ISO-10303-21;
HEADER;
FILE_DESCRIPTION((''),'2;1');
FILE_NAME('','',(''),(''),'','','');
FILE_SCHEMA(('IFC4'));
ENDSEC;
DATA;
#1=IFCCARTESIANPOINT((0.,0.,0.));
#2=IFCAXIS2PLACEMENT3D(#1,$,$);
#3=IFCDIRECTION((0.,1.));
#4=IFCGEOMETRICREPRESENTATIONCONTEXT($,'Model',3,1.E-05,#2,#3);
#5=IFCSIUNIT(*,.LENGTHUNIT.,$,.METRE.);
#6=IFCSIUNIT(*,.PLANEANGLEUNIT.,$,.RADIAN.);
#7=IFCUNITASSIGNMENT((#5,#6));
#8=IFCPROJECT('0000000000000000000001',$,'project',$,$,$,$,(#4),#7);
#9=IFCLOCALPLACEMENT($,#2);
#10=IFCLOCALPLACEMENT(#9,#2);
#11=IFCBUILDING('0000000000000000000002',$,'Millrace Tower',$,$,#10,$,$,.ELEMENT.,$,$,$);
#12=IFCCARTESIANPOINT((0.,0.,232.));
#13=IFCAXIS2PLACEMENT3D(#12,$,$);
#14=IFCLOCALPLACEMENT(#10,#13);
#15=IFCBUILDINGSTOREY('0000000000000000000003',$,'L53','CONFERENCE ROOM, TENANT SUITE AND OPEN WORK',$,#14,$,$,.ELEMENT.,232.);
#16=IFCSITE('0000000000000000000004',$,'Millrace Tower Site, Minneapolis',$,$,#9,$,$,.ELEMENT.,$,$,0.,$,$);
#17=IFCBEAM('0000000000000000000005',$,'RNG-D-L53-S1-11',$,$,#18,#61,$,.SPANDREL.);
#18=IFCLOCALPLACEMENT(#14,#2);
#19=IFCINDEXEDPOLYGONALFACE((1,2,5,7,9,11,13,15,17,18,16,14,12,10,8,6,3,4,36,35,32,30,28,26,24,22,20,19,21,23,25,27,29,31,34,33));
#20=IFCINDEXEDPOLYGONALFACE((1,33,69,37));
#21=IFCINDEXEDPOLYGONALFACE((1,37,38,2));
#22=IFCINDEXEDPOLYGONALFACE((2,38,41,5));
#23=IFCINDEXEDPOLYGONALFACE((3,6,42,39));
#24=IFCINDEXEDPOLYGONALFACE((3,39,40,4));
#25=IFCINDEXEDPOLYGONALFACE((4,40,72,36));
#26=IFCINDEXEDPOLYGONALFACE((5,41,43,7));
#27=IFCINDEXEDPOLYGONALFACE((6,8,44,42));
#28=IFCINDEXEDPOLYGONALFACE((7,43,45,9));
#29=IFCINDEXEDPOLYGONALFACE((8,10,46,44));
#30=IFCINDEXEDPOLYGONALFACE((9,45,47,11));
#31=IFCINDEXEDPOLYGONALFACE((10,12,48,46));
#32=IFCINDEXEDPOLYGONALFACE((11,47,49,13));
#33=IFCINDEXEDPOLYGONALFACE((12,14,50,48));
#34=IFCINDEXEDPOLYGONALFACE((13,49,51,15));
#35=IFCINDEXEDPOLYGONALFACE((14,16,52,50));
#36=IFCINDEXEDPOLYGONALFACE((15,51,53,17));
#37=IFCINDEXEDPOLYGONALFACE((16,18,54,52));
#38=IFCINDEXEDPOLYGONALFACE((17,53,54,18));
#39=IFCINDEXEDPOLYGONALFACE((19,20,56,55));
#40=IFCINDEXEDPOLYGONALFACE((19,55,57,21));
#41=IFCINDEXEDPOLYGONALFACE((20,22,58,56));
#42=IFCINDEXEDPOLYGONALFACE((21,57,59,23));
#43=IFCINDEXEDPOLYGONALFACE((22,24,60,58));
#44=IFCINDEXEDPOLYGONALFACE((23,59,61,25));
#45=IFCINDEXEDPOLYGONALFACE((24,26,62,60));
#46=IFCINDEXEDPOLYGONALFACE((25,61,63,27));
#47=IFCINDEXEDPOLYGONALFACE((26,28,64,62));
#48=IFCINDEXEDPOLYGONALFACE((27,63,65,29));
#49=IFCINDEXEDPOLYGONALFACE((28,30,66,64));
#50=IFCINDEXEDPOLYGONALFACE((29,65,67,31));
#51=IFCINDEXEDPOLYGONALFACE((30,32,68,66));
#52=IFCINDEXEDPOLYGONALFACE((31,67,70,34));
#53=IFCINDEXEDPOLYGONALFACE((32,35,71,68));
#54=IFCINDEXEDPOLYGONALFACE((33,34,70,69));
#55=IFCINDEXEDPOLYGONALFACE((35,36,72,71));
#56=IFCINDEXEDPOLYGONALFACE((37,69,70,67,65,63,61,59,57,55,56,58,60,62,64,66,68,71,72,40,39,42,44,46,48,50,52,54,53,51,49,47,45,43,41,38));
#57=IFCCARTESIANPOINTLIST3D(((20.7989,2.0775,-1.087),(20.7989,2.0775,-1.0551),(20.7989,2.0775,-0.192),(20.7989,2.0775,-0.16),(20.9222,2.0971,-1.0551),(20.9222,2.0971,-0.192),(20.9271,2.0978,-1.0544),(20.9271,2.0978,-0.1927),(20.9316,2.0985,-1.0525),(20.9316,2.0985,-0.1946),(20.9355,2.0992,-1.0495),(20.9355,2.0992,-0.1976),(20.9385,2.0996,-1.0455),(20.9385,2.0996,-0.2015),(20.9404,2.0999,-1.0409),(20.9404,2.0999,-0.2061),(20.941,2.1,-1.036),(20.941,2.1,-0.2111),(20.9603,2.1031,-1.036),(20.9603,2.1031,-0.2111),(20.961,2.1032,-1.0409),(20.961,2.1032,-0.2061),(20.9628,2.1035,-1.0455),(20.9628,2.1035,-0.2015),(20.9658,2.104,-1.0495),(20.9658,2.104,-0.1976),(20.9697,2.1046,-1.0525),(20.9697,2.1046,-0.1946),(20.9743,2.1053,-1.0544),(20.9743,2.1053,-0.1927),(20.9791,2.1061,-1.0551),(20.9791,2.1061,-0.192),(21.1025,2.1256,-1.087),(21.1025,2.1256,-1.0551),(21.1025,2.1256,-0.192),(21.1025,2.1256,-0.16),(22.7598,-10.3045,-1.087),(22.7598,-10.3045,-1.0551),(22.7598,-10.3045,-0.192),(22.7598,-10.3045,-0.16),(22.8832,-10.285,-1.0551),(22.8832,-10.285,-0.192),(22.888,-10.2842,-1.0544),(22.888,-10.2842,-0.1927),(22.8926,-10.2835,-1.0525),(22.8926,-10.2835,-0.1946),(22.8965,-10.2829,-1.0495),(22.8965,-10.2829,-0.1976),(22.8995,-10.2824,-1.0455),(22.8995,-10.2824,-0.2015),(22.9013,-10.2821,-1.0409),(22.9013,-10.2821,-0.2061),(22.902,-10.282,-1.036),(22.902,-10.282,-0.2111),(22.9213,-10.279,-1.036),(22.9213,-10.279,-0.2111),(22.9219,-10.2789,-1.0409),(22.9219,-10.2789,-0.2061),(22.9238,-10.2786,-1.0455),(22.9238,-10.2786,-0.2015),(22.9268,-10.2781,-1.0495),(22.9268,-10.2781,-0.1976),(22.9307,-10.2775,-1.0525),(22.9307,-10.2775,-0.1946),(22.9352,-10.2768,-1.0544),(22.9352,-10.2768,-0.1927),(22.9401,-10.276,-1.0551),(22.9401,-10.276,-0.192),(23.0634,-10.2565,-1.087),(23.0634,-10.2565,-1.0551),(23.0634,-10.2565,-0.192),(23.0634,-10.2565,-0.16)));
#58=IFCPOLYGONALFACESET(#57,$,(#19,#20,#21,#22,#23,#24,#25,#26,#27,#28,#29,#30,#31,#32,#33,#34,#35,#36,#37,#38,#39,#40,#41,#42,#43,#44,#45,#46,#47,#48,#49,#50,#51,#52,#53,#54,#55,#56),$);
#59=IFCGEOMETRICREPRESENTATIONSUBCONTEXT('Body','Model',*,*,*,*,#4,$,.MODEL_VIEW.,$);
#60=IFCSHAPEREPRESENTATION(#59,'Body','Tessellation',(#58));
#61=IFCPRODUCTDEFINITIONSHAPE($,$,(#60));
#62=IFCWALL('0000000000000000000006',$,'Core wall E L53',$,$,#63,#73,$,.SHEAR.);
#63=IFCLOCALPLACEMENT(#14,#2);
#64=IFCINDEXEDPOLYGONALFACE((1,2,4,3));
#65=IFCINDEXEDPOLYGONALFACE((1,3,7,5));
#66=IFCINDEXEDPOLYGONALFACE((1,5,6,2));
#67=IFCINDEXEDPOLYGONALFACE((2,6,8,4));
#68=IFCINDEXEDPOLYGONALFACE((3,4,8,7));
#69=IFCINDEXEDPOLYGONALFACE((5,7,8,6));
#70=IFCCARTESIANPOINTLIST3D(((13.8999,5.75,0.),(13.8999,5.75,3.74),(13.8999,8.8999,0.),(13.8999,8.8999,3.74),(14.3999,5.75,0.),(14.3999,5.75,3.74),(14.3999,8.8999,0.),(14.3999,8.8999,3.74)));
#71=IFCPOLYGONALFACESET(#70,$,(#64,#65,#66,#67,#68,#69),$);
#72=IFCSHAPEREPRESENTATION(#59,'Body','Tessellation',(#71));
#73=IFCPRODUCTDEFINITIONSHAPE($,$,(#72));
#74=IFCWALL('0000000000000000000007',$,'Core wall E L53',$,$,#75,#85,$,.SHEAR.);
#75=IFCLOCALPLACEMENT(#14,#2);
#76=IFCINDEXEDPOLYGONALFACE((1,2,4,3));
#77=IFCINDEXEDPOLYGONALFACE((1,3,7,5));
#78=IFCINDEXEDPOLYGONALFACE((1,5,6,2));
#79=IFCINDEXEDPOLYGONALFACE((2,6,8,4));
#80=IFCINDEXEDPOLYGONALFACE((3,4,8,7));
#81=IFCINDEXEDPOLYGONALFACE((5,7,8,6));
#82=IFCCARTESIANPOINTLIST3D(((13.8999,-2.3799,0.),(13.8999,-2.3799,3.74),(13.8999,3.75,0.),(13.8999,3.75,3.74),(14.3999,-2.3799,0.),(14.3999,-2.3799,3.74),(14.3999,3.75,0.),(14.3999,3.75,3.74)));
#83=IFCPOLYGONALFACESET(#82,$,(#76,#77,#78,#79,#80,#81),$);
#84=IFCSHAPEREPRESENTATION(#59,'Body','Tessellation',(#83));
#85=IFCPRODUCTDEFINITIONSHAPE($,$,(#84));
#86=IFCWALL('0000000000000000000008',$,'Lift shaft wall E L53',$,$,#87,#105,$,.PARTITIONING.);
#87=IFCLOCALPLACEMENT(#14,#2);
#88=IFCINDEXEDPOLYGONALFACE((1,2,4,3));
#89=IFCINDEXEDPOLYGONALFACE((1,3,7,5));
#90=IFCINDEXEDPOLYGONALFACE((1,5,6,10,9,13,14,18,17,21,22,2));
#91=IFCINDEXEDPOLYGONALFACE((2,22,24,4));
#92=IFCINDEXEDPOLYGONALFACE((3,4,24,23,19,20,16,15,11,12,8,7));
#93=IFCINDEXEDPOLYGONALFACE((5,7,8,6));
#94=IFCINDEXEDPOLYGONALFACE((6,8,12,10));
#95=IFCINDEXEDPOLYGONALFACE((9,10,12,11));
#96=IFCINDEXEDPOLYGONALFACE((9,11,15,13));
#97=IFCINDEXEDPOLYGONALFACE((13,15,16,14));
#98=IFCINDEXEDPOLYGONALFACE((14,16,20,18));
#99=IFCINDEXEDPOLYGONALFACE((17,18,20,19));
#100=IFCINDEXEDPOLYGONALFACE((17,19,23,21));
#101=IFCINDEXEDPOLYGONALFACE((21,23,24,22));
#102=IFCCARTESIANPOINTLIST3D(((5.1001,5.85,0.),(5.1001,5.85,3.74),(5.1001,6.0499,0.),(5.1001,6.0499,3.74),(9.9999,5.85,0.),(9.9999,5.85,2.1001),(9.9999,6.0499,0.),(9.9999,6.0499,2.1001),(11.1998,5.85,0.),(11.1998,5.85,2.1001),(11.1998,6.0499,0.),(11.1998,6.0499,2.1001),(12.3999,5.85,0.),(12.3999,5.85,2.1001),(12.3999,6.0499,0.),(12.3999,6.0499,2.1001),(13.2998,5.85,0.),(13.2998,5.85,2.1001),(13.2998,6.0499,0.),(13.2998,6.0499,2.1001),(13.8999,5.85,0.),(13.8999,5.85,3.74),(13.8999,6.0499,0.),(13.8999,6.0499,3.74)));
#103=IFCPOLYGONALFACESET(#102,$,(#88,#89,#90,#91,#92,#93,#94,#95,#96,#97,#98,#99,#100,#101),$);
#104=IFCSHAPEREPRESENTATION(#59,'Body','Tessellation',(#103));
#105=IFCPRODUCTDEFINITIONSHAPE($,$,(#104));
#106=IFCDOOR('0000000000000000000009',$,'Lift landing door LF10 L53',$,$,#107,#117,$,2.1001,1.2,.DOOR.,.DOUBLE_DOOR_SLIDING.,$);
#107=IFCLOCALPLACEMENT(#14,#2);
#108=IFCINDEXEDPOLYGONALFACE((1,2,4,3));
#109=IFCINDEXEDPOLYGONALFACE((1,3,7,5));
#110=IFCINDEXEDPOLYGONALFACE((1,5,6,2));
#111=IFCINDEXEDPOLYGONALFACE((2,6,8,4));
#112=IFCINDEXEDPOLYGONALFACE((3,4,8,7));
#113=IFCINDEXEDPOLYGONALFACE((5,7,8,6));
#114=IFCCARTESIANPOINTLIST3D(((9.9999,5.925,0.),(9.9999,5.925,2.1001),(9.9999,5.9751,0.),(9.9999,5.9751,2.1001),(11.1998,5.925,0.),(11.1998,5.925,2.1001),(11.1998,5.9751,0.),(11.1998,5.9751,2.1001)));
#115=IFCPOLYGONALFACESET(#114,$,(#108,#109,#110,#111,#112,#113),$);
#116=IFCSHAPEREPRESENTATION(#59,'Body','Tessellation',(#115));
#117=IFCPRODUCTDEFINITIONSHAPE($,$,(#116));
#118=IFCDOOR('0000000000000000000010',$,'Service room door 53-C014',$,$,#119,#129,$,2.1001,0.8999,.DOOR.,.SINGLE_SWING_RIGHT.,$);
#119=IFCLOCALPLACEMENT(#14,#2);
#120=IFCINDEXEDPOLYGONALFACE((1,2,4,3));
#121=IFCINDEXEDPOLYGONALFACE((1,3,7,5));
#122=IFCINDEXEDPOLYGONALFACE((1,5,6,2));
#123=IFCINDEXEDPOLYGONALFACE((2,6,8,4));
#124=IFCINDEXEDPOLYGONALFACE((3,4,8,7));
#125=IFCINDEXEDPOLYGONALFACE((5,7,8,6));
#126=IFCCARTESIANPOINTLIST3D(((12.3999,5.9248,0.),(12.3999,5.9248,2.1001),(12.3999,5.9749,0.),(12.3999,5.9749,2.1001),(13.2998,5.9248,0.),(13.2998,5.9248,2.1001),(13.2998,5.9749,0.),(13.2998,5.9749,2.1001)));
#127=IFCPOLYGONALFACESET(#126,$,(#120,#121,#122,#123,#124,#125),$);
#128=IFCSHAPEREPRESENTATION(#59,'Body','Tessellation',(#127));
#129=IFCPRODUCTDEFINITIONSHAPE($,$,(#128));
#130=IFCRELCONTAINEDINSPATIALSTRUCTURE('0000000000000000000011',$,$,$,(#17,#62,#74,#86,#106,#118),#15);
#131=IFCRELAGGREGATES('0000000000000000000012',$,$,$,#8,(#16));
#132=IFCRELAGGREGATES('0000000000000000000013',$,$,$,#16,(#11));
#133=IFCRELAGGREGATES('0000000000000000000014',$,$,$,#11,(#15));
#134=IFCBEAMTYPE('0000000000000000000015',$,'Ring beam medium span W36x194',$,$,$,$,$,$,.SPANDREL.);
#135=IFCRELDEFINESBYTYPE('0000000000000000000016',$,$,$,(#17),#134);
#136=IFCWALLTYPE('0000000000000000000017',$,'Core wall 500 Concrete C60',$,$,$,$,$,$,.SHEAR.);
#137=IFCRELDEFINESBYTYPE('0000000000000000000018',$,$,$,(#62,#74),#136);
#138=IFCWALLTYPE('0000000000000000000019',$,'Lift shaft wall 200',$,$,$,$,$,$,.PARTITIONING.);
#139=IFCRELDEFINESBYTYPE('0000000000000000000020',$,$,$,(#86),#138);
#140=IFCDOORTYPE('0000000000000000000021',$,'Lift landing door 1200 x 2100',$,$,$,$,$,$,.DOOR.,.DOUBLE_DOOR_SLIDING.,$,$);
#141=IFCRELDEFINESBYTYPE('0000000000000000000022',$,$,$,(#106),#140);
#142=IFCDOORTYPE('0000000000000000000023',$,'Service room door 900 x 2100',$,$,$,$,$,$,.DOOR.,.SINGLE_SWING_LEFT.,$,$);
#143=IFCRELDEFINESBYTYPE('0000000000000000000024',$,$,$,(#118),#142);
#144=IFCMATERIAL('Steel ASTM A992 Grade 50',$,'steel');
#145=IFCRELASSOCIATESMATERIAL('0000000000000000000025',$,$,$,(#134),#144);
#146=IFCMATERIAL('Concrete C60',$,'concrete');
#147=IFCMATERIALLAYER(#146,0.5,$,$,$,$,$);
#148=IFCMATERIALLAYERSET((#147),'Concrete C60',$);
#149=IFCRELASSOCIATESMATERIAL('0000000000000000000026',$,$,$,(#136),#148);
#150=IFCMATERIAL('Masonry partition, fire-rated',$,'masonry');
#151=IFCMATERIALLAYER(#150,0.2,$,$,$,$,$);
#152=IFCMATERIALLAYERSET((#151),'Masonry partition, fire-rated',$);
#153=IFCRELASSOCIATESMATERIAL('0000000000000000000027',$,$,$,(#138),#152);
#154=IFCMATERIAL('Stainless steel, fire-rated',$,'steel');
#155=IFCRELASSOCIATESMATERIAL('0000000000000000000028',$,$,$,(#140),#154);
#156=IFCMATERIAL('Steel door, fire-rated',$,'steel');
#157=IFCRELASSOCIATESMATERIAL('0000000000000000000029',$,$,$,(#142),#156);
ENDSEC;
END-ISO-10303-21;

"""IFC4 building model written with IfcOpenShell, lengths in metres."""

from ifc_helpers import new_model, si_unit, direction, frame, frame_2d, origin, origin_2d, place, context, subcontext, project, spatial, rectangle, i_section, extrude, material, layer, layer_set, material_profile, profile_set, type_object, element, fill, save


model = new_model("IFC4")

# Units and contexts
model_context = context("Model", 3, precision=1e-05, world=origin(), true_north=direction((0.0, 1.0)))
body_context = subcontext(model_context, "Body", "Model", "MODEL_VIEW")
ifc_project = project(units=[si_unit("LENGTHUNIT", "METRE"), si_unit("PLANEANGLEUNIT", "RADIAN")], contexts=[model_context])

# Site, building, storey
site_placement = place(None, origin())
site = spatial("IfcSite", under=ifc_project, at=site_placement, Name="Millrace Tower Site, Minneapolis", CompositionType="ELEMENT", RefElevation=0.0)
building_placement = place(site_placement, origin())
building = spatial("IfcBuilding", under=site, at=building_placement, Name="Millrace Tower", CompositionType="ELEMENT")
storey_placement = place(building_placement, frame((0.0, 0.0, 232.0)))
storey = spatial("IfcBuildingStorey", under=building, at=storey_placement, Name="L53", Description="CONFERENCE ROOM, TENANT SUITE AND OPEN WORK", CompositionType="ELEMENT", Elevation=232.0)

# Beam
ifc_material_1 = material(Name="Steel ASTM A992 Grade 50", Category="steel")
ifc_material_profile_1 = material_profile(ifc_material_1, i_section(OverallWidth=0.3074, OverallDepth=0.927, WebThickness=0.0195, FlangeThickness=0.032, FilletRadius=0.019, at=origin_2d()))
ifc_profile_set_1 = profile_set([ifc_material_profile_1], Name="Steel ASTM A992 Grade 50")
beam_type_1 = type_object("IfcBeamType", Name="Ring beam medium span W36x194", PredefinedType="SPANDREL", material=ifc_profile_set_1)
beam_1_placement = place(storey_placement, frame((20.9507, 2.1016, -0.6235), z_axis=(0.15642, -0.987691, 0.0), x_axis=(0.987691, 0.15642, 0.0)))
element("IfcBeam", 1, at=beam_1_placement, inside=storey, type_object=beam_type_1, Name="RNG-D-L53-S1-11", PredefinedType="SPANDREL", context=body_context, shape_type="SweptSolid", body=[
    extrude(i_section(OverallWidth=0.3074, OverallDepth=0.927, WebThickness=0.0195, FlangeThickness=0.032, FilletRadius=0.019, at=origin_2d()), origin(), (0.0, 0.0, 1.0), 12.5364),
])

# Walls
ifc_material_2 = material(Name="Concrete C60", Category="concrete")
ifc_layer_1 = layer(ifc_material_2, 0.5)
ifc_layer_set_1 = layer_set([ifc_layer_1], Name="Concrete C60")
wall_type_1 = type_object("IfcWallType", Name="Core wall 500 Concrete C60", PredefinedType="SHEAR", material=ifc_layer_set_1)
wall_1_placement = place(storey_placement, frame((14.1499, 8.8999, 0.0), z_axis=(0.0, 0.0, 1.0), x_axis=(0.0, -1.0, 0.0)))
element("IfcWall", 2, at=wall_1_placement, inside=storey, type_object=wall_type_1, Name="Core wall E L53", PredefinedType="SHEAR", context=body_context, shape_type="SweptSolid", body=[
    extrude(rectangle(XDim=3.1499, YDim=0.5, at=frame_2d((1.575, 0.0))), origin(), (0.0, 0.0, 1.0), 3.74),
])
wall_2_placement = place(storey_placement, frame((14.1499, 3.75, 0.0), z_axis=(0.0, 0.0, 1.0), x_axis=(0.0, -1.0, 0.0)))
element("IfcWall", 3, at=wall_2_placement, inside=storey, type_object=wall_type_1, Name="Core wall E L53", PredefinedType="SHEAR", context=body_context, shape_type="SweptSolid", body=[
    extrude(rectangle(XDim=6.1299, YDim=0.5, at=frame_2d((3.0649, 0.0))), origin(), (0.0, 0.0, 1.0), 3.74),
])

# Wall, openings, doors
ifc_material_3 = material(Name="Masonry partition, fire-rated", Category="masonry")
ifc_layer_2 = layer(ifc_material_3, 0.2)
ifc_layer_set_2 = layer_set([ifc_layer_2], Name="Masonry partition, fire-rated")
wall_type_2 = type_object("IfcWallType", Name="Lift shaft wall 200", PredefinedType="PARTITIONING", material=ifc_layer_set_2)
wall_3_placement = place(storey_placement, frame((13.8999, 5.95, 0.0), z_axis=(0.0, 0.0, 1.0), x_axis=(-1.0, 0.0, 0.0)))
wall_3 = element("IfcWall", 4, at=wall_3_placement, inside=storey, type_object=wall_type_2, Name="Lift shaft wall E L53", PredefinedType="PARTITIONING", context=body_context, shape_type="SweptSolid", body=[
    extrude(rectangle(XDim=8.7998, YDim=0.2, at=frame_2d((4.3999, 0.0))), origin(), (0.0, 0.0, 1.0), 3.74),
])
opening_1_placement = place(wall_3_placement, frame((2.7, 0.0, 0.0)))
opening_1 = element("IfcOpeningElement", 5, at=opening_1_placement, cuts=wall_3, PredefinedType="OPENING", context=body_context, shape_type="SweptSolid", body=[
    extrude(rectangle(XDim=1.2, YDim=2.1001, at=frame_2d((0.6001, 1.05))), frame((0.0, 0.1099, 0.0), z_axis=(0.0, -1.0, 0.0), x_axis=(1.0, 0.0, 0.0)), (0.0, 0.0, 1.0), 0.22),
])
opening_2_placement = place(wall_3_placement, frame((0.6001, 0.0, 0.0)))
opening_2 = element("IfcOpeningElement", 6, at=opening_2_placement, cuts=wall_3, PredefinedType="OPENING", context=body_context, shape_type="SweptSolid", body=[
    extrude(rectangle(XDim=0.8999, YDim=2.1001, at=frame_2d((0.45, 1.05))), frame((0.0, 0.1099, 0.0), z_axis=(0.0, -1.0, 0.0), x_axis=(1.0, 0.0, 0.0)), (0.0, 0.0, 1.0), 0.22),
])
ifc_material_4 = material(Name="Stainless steel, fire-rated", Category="steel")
door_type_1 = type_object("IfcDoorType", Name="Lift landing door 1200 x 2100", OperationType="DOUBLE_DOOR_SLIDING", PredefinedType="DOOR", material=ifc_material_4)
door_1_placement = place(opening_1_placement, origin())
door_1 = element("IfcDoor", 7, at=door_1_placement, inside=storey, type_object=door_type_1, Name="Lift landing door LF10 L53", OperationType="DOUBLE_DOOR_SLIDING", OverallHeight=2.1001, OverallWidth=1.2, PredefinedType="DOOR", context=body_context, shape_type="SweptSolid", body=[
    extrude(rectangle(XDim=1.2, YDim=2.1001, at=frame_2d((0.6001, 1.05))), frame((0.0, 0.0249, 0.0), z_axis=(0.0, -1.0, 0.0), x_axis=(1.0, 0.0, 0.0)), (0.0, 0.0, 1.0), 0.05),
])
fill(opening_1, door_1)
ifc_material_5 = material(Name="Steel door, fire-rated", Category="steel")
door_type_2 = type_object("IfcDoorType", Name="Service room door 900 x 2100", OperationType="SINGLE_SWING_LEFT", PredefinedType="DOOR", material=ifc_material_5)
door_2_placement = place(opening_2_placement, frame((0.8999, 0.0, 0.0), z_axis=(0.0, 0.0, 1.0), x_axis=(-1.0, 0.0, 0.0)))
door_2 = element("IfcDoor", 8, at=door_2_placement, inside=storey, type_object=door_type_2, Name="Service room door 53-C014", OperationType="SINGLE_SWING_RIGHT", OverallHeight=2.1001, OverallWidth=0.8999, PredefinedType="DOOR", context=body_context, shape_type="SweptSolid", body=[
    extrude(rectangle(XDim=0.8999, YDim=2.1001, at=frame_2d((0.45, 1.05))), frame((0.0, 0.0249, 0.0), z_axis=(0.0, -1.0, 0.0), x_axis=(1.0, 0.0, 0.0)), (0.0, 0.0, 1.0), 0.05),
])
fill(opening_2, door_2)

save(model, "model.ifc")
